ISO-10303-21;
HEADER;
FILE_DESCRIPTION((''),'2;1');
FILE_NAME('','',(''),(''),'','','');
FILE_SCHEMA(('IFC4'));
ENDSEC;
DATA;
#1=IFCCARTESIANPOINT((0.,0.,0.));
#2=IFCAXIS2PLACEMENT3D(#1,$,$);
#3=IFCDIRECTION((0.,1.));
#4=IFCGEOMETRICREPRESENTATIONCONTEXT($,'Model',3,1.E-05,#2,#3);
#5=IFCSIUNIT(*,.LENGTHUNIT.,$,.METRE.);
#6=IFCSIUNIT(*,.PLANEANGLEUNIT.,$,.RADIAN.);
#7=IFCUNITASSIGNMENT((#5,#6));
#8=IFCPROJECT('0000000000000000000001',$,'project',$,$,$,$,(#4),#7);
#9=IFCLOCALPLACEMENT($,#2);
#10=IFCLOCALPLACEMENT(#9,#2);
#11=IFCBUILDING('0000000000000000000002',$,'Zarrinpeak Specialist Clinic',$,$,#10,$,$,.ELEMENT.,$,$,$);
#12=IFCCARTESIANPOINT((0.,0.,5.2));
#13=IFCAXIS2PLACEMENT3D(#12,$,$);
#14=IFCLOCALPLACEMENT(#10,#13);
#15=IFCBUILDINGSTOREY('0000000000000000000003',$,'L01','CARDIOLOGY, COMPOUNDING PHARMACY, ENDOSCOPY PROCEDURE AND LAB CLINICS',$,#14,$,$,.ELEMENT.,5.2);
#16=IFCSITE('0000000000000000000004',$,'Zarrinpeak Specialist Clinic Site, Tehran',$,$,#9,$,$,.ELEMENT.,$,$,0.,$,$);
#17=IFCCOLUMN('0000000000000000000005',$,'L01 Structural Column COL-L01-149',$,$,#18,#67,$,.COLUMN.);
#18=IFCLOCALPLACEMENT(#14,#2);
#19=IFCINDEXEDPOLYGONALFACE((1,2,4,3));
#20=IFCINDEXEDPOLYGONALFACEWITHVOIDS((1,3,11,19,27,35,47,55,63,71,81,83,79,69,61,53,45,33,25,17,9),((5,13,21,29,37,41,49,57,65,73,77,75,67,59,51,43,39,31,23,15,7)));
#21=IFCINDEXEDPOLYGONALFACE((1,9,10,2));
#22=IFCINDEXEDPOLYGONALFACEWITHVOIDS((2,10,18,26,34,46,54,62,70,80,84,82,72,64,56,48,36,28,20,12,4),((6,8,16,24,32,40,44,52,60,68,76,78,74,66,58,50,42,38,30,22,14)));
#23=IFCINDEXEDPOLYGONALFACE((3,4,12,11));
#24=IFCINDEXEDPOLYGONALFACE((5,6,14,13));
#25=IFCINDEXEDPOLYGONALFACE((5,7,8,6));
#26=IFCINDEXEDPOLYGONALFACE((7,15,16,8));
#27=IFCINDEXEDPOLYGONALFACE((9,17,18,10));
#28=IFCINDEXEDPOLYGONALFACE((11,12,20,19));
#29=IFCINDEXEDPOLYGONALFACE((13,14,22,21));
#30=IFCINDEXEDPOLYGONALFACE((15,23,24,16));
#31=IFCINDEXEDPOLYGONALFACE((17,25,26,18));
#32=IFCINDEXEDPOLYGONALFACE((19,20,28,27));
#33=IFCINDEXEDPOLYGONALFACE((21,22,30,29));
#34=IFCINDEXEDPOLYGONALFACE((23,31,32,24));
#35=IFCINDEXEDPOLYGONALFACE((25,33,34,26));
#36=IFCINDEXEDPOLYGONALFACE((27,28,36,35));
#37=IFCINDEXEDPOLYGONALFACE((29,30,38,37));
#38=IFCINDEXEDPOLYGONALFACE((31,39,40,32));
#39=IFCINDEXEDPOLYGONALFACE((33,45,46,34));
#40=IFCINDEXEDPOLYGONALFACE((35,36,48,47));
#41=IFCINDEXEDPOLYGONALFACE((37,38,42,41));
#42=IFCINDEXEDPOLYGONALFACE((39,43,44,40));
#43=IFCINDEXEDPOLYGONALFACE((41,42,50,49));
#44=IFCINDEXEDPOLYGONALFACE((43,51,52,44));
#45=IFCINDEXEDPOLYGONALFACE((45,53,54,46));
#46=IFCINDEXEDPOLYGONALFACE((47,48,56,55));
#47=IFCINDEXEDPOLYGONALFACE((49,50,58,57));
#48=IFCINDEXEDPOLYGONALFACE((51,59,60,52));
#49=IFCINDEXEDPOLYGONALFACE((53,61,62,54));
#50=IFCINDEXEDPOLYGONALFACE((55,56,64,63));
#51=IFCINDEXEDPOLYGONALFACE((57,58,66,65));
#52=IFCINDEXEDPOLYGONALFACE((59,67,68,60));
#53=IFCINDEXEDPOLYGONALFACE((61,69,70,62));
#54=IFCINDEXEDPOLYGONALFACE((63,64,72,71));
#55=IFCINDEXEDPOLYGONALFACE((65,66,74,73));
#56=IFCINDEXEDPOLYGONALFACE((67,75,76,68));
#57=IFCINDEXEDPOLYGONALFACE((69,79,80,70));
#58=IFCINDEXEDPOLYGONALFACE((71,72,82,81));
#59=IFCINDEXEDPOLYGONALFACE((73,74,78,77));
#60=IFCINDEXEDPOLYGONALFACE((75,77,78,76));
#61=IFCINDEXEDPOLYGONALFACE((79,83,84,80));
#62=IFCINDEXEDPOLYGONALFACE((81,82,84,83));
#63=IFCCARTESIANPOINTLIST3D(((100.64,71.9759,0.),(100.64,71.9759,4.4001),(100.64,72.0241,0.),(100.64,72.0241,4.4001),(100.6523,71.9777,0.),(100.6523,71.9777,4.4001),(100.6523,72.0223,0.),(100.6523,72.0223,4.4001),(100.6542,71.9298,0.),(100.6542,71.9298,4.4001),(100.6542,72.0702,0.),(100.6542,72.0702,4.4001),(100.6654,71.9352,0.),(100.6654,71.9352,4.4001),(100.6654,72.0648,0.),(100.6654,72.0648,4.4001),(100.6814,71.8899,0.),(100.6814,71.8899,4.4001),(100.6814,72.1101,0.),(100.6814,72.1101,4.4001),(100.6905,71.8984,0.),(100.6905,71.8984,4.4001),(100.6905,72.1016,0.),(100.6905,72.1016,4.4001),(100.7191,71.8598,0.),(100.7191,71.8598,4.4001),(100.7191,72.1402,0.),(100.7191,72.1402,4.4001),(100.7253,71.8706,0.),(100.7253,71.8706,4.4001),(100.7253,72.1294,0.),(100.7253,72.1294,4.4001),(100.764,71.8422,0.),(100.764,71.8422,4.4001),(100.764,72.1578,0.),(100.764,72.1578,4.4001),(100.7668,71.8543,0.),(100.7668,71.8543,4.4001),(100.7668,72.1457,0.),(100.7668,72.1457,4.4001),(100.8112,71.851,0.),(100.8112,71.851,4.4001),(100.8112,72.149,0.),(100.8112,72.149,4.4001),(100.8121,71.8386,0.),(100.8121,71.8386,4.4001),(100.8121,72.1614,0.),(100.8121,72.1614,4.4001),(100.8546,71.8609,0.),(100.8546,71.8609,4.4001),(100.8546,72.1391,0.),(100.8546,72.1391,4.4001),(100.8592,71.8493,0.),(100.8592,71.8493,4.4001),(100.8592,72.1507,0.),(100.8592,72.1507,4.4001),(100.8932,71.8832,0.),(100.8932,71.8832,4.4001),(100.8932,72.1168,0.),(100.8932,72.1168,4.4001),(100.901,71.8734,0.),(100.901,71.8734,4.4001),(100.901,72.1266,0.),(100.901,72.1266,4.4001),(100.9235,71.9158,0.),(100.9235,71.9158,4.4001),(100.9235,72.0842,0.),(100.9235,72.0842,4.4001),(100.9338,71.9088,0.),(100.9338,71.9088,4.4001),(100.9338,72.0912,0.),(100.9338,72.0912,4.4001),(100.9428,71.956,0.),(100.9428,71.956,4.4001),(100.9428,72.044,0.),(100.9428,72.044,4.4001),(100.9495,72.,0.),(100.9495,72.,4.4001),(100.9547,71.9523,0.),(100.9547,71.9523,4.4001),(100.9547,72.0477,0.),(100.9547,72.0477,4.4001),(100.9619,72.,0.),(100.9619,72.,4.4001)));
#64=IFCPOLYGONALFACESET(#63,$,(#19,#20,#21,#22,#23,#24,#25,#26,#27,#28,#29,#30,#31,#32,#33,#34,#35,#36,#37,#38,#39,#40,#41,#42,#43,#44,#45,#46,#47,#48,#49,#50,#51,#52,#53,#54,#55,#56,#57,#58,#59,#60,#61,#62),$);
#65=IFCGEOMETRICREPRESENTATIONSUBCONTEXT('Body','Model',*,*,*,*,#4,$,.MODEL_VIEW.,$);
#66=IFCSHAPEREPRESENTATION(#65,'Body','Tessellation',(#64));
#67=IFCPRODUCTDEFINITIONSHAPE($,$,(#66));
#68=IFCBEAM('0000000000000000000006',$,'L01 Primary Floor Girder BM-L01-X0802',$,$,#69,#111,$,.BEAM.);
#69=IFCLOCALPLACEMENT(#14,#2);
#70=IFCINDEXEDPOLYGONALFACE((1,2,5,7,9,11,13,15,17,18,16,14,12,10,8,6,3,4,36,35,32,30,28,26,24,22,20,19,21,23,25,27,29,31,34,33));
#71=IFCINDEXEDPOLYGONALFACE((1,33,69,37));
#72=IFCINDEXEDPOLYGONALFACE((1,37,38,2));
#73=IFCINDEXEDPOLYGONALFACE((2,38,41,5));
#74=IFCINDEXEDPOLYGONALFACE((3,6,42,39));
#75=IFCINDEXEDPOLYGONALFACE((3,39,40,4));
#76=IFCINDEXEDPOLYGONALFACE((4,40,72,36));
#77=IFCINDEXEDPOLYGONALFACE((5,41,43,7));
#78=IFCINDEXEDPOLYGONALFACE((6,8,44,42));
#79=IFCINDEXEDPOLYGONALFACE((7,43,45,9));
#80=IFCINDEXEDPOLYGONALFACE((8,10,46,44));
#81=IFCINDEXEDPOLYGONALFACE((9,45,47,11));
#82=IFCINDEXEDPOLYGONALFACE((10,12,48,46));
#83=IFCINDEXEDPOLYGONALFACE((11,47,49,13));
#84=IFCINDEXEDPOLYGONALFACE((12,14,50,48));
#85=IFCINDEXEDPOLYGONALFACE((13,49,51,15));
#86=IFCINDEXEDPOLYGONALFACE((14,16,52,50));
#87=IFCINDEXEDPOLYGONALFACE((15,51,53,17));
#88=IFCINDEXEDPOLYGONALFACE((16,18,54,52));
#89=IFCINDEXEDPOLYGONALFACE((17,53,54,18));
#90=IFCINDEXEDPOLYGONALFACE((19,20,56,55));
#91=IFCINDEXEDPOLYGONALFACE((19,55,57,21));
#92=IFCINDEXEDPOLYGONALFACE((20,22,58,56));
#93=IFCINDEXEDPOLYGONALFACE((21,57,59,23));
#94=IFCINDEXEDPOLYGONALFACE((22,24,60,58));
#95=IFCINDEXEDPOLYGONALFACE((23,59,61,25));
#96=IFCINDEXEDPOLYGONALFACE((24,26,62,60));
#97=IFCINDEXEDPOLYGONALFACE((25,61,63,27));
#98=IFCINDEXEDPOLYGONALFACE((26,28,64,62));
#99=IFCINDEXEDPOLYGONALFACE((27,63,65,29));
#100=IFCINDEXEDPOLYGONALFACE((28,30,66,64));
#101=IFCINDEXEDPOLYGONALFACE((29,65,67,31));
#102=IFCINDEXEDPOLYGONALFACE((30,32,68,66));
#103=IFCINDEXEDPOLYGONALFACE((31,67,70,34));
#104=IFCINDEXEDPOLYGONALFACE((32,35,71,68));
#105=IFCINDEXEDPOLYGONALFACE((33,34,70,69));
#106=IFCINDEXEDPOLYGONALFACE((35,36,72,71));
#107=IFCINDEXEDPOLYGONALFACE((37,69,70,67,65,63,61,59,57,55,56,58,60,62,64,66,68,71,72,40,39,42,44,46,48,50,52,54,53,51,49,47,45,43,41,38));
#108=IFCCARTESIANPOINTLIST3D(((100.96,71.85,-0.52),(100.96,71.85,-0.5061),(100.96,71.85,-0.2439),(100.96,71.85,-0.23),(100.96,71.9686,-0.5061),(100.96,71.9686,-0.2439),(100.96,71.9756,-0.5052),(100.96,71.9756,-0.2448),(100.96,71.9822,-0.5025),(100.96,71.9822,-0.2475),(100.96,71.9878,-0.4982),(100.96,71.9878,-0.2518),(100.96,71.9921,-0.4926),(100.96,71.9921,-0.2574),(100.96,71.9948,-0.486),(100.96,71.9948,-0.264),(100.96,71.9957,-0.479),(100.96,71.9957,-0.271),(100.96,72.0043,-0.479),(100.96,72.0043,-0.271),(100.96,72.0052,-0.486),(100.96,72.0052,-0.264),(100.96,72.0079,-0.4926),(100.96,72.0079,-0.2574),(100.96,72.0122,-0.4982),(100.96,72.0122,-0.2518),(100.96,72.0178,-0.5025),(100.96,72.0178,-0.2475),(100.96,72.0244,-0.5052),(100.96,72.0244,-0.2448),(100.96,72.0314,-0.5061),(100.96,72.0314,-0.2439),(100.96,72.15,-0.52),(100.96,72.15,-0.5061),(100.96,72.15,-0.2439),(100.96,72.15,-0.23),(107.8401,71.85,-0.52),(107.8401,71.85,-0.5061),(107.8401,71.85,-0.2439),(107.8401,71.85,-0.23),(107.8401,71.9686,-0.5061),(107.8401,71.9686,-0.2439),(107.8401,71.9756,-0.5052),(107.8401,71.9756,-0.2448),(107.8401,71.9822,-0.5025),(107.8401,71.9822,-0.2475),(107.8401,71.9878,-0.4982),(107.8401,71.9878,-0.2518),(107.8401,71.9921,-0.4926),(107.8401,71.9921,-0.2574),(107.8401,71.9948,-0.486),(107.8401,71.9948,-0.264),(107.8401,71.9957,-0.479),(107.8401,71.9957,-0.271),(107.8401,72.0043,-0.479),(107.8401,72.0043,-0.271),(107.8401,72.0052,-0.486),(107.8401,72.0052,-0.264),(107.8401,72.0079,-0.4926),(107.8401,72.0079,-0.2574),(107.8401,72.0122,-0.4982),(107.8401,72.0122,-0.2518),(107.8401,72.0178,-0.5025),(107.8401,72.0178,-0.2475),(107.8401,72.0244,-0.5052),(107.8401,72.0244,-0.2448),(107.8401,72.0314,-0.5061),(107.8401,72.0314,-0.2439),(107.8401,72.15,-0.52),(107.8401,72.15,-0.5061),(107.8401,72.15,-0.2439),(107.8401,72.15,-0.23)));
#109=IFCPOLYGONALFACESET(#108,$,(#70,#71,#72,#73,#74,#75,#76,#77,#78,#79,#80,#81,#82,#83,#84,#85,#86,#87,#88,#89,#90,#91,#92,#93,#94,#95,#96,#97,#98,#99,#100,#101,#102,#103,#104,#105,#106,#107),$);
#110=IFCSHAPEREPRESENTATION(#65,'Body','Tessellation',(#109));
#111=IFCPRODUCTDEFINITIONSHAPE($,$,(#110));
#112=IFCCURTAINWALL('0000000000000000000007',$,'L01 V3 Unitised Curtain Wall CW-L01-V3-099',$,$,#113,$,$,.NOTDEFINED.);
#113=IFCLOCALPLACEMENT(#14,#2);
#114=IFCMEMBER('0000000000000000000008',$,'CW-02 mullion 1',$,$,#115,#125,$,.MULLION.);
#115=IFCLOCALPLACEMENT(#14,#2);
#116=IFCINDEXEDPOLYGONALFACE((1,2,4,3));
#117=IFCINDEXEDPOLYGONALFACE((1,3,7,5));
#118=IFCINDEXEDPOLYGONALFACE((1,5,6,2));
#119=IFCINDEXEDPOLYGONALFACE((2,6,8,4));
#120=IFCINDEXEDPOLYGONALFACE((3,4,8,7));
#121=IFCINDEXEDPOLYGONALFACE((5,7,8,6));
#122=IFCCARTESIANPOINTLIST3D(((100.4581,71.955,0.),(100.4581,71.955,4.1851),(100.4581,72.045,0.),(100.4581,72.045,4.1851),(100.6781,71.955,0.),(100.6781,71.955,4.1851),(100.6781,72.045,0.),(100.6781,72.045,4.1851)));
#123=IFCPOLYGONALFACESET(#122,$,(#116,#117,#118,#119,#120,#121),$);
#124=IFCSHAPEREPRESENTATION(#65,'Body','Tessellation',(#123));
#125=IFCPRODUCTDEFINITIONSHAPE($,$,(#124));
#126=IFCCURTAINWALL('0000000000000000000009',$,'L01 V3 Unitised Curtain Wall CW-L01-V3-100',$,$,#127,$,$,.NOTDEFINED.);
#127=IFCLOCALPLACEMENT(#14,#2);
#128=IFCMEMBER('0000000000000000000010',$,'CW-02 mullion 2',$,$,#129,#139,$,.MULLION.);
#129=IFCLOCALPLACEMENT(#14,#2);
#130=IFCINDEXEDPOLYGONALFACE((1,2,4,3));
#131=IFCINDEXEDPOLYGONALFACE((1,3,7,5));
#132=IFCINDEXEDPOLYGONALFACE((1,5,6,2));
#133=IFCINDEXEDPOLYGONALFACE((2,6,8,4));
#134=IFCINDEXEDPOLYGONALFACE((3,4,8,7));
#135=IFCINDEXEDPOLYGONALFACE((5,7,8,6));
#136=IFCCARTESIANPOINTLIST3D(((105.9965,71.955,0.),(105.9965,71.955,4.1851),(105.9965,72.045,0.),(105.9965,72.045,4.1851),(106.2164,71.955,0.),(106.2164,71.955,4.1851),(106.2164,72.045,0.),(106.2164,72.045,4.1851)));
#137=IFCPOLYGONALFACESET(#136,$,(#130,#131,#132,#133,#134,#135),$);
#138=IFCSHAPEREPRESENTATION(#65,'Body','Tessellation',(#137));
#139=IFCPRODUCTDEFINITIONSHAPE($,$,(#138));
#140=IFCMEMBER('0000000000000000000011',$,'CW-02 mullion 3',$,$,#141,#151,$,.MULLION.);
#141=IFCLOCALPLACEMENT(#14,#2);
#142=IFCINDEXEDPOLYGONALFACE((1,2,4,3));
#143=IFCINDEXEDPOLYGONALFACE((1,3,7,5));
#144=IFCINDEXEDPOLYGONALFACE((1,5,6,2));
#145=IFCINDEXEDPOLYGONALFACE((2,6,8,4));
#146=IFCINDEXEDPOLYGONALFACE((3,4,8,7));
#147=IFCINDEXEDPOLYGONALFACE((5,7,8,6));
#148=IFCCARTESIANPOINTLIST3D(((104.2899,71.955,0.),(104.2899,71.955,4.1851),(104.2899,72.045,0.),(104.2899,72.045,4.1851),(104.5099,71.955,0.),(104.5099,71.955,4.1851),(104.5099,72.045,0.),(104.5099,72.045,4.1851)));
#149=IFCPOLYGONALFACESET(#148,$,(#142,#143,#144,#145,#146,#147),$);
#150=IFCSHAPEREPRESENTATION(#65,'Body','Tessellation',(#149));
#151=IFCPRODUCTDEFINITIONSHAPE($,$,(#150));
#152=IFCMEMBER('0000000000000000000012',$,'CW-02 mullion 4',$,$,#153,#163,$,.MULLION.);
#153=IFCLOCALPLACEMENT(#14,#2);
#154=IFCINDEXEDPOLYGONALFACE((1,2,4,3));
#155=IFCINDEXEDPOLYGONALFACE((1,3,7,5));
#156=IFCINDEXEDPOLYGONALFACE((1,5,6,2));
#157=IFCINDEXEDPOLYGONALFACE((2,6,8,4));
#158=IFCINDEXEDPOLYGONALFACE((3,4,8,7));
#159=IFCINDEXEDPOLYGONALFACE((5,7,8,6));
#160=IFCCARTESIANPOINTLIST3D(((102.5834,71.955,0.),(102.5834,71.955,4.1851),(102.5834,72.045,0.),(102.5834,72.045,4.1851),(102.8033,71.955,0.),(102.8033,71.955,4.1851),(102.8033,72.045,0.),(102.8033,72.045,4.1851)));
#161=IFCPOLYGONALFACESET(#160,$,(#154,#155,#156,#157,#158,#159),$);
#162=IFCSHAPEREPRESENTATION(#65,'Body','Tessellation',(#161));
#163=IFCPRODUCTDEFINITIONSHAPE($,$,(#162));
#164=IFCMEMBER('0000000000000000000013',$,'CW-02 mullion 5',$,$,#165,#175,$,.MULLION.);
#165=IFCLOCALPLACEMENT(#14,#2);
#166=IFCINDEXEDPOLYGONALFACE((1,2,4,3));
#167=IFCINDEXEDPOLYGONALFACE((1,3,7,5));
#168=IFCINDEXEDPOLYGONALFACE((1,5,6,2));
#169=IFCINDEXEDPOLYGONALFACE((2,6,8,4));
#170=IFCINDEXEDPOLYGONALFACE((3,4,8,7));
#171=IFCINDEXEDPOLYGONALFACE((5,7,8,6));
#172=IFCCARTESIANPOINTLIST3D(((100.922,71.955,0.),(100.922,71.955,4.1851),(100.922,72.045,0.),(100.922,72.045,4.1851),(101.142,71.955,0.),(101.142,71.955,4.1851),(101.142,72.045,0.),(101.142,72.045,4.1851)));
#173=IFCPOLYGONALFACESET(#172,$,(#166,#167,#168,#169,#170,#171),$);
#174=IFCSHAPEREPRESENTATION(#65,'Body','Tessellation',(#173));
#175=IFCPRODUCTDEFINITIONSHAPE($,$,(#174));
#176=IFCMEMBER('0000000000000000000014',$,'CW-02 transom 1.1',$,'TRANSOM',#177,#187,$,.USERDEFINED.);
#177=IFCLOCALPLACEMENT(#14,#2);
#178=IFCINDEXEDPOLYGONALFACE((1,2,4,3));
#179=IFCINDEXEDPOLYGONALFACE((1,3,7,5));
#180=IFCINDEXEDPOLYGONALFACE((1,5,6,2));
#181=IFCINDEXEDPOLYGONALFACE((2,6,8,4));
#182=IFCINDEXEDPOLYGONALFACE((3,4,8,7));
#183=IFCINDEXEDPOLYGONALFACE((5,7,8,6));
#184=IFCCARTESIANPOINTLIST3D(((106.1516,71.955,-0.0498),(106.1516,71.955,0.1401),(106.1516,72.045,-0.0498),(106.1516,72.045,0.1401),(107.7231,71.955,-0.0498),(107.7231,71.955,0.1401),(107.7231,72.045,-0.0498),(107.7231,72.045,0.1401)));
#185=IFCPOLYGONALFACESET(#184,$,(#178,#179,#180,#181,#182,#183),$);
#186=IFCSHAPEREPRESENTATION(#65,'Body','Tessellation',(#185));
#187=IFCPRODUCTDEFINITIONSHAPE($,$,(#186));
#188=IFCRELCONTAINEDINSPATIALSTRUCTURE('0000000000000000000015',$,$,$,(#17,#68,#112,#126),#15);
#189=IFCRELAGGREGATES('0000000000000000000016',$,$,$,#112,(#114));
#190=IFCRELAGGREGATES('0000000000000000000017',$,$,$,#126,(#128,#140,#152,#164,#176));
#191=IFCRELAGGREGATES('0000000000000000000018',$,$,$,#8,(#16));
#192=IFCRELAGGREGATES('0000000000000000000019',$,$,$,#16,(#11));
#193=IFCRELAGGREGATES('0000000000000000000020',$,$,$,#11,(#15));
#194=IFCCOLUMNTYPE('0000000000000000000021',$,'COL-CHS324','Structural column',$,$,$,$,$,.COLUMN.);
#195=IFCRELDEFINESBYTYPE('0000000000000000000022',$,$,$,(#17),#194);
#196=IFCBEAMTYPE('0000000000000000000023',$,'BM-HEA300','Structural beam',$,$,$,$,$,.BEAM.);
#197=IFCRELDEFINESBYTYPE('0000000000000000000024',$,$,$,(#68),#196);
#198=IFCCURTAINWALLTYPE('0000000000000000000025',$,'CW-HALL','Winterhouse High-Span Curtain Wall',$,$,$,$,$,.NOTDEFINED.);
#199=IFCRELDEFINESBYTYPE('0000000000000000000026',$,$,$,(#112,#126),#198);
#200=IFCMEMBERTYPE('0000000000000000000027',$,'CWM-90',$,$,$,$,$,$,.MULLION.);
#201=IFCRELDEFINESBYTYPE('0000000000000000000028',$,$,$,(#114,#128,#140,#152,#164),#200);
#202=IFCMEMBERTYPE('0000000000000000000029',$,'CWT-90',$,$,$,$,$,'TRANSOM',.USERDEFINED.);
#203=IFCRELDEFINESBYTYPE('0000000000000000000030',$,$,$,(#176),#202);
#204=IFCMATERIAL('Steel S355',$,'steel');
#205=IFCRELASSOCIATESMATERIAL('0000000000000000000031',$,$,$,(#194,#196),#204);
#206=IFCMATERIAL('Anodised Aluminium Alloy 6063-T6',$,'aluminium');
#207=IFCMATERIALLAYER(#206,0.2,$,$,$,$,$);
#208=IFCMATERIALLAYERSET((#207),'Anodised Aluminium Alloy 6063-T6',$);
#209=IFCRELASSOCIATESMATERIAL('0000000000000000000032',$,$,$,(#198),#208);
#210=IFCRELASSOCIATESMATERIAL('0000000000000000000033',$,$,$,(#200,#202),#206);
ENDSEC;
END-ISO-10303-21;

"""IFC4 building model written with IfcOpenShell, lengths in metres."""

from ifc_helpers import new_model, si_unit, direction, frame, origin, origin_2d, place, context, subcontext, project, spatial, rectangle, hollow_circle, i_section, extrude, material, layer, layer_set, material_profile, profile_set, type_object, element, aggregate, save


model = new_model("IFC4")

# Units and contexts
model_context = context("Model", 3, precision=1e-05, world=origin(), true_north=direction((0.0, 1.0)))
body_context = subcontext(model_context, "Body", "Model", "MODEL_VIEW")
ifc_project = project(units=[si_unit("LENGTHUNIT", "METRE"), si_unit("PLANEANGLEUNIT", "RADIAN")], contexts=[model_context])

# Site, building, storey
site_placement = place(None, origin())
site = spatial("IfcSite", under=ifc_project, at=site_placement, Name="Zarrinpeak Specialist Clinic Site, Tehran", CompositionType="ELEMENT", RefElevation=0.0)
building_placement = place(site_placement, origin())
building = spatial("IfcBuilding", under=site, at=building_placement, Name="Zarrinpeak Specialist Clinic", CompositionType="ELEMENT")
storey_placement = place(building_placement, frame((0.0, 0.0, 5.2)))
storey = spatial("IfcBuildingStorey", under=building, at=storey_placement, Name="L01", Description="CARDIOLOGY, COMPOUNDING PHARMACY, ENDOSCOPY PROCEDURE AND LAB CLINICS", CompositionType="ELEMENT", Elevation=5.2)

# Column
ifc_material_1 = material(Name="Steel S355", Category="steel")
ifc_material_profile_1 = material_profile(ifc_material_1, hollow_circle(Radius=0.1619, WallThickness=0.0125, at=origin_2d()), Name="CHS 323.9x12.5")
ifc_profile_set_1 = profile_set([ifc_material_profile_1], Name="Steel S355")
column_type = type_object("IfcColumnType", Name="COL-CHS324", Description="Structural column", PredefinedType="COLUMN", material=ifc_profile_set_1)
column_placement = place(storey_placement, frame((100.8, 72.0, 0.0), z_axis=(0.0, 0.0, 1.0), x_axis=(1.0, 0.0, 0.0)))
element("IfcColumn", 1, at=column_placement, inside=storey, type_object=column_type, Name="L01 Structural Column COL-L01-149", PredefinedType="COLUMN", context=body_context, shape_type="SweptSolid", body=[
    extrude(hollow_circle(Radius=0.1619, WallThickness=0.0125, at=origin_2d()), origin(), (0.0, 0.0, 1.0), 4.4001),
])

# Beam
ifc_material_profile_2 = material_profile(ifc_material_1, i_section(OverallWidth=0.3, OverallDepth=0.29, WebThickness=0.0085, FlangeThickness=0.0139, FilletRadius=0.0271, at=origin_2d()), Name="HEA 300")
ifc_profile_set_2 = profile_set([ifc_material_profile_2], Name="Steel S355")
beam_type = type_object("IfcBeamType", Name="BM-HEA300", Description="Structural beam", PredefinedType="BEAM", material=ifc_profile_set_2)
beam_placement = place(storey_placement, frame((100.96, 72.0, -0.375), z_axis=(1.0, 0.0, 0.0), x_axis=(0.0, 1.0, 0.0)))
element("IfcBeam", 2, at=beam_placement, inside=storey, type_object=beam_type, Name="L01 Primary Floor Girder BM-L01-X0802", PredefinedType="BEAM", context=body_context, shape_type="SweptSolid", body=[
    extrude(i_section(OverallWidth=0.3, OverallDepth=0.29, WebThickness=0.0085, FlangeThickness=0.0139, FilletRadius=0.0271, at=origin_2d()), origin(), (0.0, 0.0, 1.0), 6.8801),
])

# Curtain wall, member
ifc_material_2 = material(Name="Anodised Aluminium Alloy 6063-T6", Category="aluminium")
ifc_layer_1 = layer(ifc_material_2, 0.2)
ifc_layer_set_1 = layer_set([ifc_layer_1], Name="Anodised Aluminium Alloy 6063-T6")
curtain_wall_type = type_object("IfcCurtainWallType", Name="CW-HALL", Description="Winterhouse High-Span Curtain Wall", PredefinedType="NOTDEFINED", material=ifc_layer_set_1)
curtain_wall_1_placement = place(storey_placement, origin())
curtain_wall_1 = element("IfcCurtainWall", 3, at=curtain_wall_1_placement, inside=storey, type_object=curtain_wall_type, Name="L01 V3 Unitised Curtain Wall CW-L01-V3-099", PredefinedType="NOTDEFINED")
ifc_material_profile_3 = material_profile(ifc_material_2, rectangle(XDim=0.0901, YDim=0.22, at=origin_2d()), Name="ALU 90x220")
ifc_profile_set_3 = profile_set([ifc_material_profile_3], Name="Anodised Aluminium Alloy 6063-T6")
member_type_1 = type_object("IfcMemberType", Name="CWM-90", PredefinedType="MULLION", material=ifc_profile_set_3)
member_1_placement = place(storey_placement, frame((100.5681, 72.0, 0.0), z_axis=(0.0, 0.0, 1.0), x_axis=(0.0, -1.0, 0.0)))
member_1 = element("IfcMember", 4, at=member_1_placement, type_object=member_type_1, Name="CW-02 mullion 1", PredefinedType="MULLION", context=body_context, shape_type="SweptSolid", body=[
    extrude(rectangle(XDim=0.0901, YDim=0.22, at=origin_2d()), origin(), (0.0, 0.0, 1.0), 4.1851),
])
aggregate(curtain_wall_1, [member_1])

# Curtain wall, members
curtain_wall_2_placement = place(storey_placement, origin())
curtain_wall_2 = element("IfcCurtainWall", 5, at=curtain_wall_2_placement, inside=storey, type_object=curtain_wall_type, Name="L01 V3 Unitised Curtain Wall CW-L01-V3-100", PredefinedType="NOTDEFINED")
member_2_placement = place(storey_placement, frame((106.1064, 72.0, 0.0), z_axis=(0.0, 0.0, 1.0), x_axis=(0.0, -1.0, 0.0)))
member_2 = element("IfcMember", 6, at=member_2_placement, type_object=member_type_1, Name="CW-02 mullion 2", PredefinedType="MULLION", context=body_context, shape_type="SweptSolid", body=[
    extrude(rectangle(XDim=0.0901, YDim=0.22, at=origin_2d()), origin(), (0.0, 0.0, 1.0), 4.1851),
])
member_3_placement = place(storey_placement, frame((104.3999, 72.0, 0.0), z_axis=(0.0, 0.0, 1.0), x_axis=(0.0, -1.0, 0.0)))
member_3 = element("IfcMember", 7, at=member_3_placement, type_object=member_type_1, Name="CW-02 mullion 3", PredefinedType="MULLION", context=body_context, shape_type="SweptSolid", body=[
    extrude(rectangle(XDim=0.0901, YDim=0.22, at=origin_2d()), origin(), (0.0, 0.0, 1.0), 4.1851),
])
member_4_placement = place(storey_placement, frame((102.6934, 72.0, 0.0), z_axis=(0.0, 0.0, 1.0), x_axis=(0.0, -1.0, 0.0)))
member_4 = element("IfcMember", 8, at=member_4_placement, type_object=member_type_1, Name="CW-02 mullion 4", PredefinedType="MULLION", context=body_context, shape_type="SweptSolid", body=[
    extrude(rectangle(XDim=0.0901, YDim=0.22, at=origin_2d()), origin(), (0.0, 0.0, 1.0), 4.1851),
])
member_5_placement = place(storey_placement, frame((101.032, 72.0, 0.0), z_axis=(0.0, 0.0, 1.0), x_axis=(0.0, -1.0, 0.0)))
member_5 = element("IfcMember", 9, at=member_5_placement, type_object=member_type_1, Name="CW-02 mullion 5", PredefinedType="MULLION", context=body_context, shape_type="SweptSolid", body=[
    extrude(rectangle(XDim=0.0901, YDim=0.22, at=origin_2d()), origin(), (0.0, 0.0, 1.0), 4.1851),
])
ifc_material_profile_4 = material_profile(ifc_material_2, rectangle(XDim=0.0901, YDim=0.1899, at=origin_2d()), Name="ALU 90x190")
ifc_profile_set_4 = profile_set([ifc_material_profile_4], Name="Anodised Aluminium Alloy 6063-T6")
member_type_2 = type_object("IfcMemberType", Name="CWT-90", ElementType="TRANSOM", PredefinedType="USERDEFINED", material=ifc_profile_set_4)
member_6_placement = place(storey_placement, frame((107.7231, 72.0, 0.0452), z_axis=(-1.0, 0.0, 0.0), x_axis=(0.0, -1.0, 0.0)))
member_6 = element("IfcMember", 10, at=member_6_placement, type_object=member_type_2, Name="CW-02 transom 1.1", ObjectType="TRANSOM", PredefinedType="USERDEFINED", context=body_context, shape_type="SweptSolid", body=[
    extrude(rectangle(XDim=0.0901, YDim=0.1899, at=origin_2d()), origin(), (0.0, 0.0, 1.0), 1.5715),
])
aggregate(curtain_wall_2, [member_2, member_3, member_4, member_5, member_6])

save(model, "model.ifc")
